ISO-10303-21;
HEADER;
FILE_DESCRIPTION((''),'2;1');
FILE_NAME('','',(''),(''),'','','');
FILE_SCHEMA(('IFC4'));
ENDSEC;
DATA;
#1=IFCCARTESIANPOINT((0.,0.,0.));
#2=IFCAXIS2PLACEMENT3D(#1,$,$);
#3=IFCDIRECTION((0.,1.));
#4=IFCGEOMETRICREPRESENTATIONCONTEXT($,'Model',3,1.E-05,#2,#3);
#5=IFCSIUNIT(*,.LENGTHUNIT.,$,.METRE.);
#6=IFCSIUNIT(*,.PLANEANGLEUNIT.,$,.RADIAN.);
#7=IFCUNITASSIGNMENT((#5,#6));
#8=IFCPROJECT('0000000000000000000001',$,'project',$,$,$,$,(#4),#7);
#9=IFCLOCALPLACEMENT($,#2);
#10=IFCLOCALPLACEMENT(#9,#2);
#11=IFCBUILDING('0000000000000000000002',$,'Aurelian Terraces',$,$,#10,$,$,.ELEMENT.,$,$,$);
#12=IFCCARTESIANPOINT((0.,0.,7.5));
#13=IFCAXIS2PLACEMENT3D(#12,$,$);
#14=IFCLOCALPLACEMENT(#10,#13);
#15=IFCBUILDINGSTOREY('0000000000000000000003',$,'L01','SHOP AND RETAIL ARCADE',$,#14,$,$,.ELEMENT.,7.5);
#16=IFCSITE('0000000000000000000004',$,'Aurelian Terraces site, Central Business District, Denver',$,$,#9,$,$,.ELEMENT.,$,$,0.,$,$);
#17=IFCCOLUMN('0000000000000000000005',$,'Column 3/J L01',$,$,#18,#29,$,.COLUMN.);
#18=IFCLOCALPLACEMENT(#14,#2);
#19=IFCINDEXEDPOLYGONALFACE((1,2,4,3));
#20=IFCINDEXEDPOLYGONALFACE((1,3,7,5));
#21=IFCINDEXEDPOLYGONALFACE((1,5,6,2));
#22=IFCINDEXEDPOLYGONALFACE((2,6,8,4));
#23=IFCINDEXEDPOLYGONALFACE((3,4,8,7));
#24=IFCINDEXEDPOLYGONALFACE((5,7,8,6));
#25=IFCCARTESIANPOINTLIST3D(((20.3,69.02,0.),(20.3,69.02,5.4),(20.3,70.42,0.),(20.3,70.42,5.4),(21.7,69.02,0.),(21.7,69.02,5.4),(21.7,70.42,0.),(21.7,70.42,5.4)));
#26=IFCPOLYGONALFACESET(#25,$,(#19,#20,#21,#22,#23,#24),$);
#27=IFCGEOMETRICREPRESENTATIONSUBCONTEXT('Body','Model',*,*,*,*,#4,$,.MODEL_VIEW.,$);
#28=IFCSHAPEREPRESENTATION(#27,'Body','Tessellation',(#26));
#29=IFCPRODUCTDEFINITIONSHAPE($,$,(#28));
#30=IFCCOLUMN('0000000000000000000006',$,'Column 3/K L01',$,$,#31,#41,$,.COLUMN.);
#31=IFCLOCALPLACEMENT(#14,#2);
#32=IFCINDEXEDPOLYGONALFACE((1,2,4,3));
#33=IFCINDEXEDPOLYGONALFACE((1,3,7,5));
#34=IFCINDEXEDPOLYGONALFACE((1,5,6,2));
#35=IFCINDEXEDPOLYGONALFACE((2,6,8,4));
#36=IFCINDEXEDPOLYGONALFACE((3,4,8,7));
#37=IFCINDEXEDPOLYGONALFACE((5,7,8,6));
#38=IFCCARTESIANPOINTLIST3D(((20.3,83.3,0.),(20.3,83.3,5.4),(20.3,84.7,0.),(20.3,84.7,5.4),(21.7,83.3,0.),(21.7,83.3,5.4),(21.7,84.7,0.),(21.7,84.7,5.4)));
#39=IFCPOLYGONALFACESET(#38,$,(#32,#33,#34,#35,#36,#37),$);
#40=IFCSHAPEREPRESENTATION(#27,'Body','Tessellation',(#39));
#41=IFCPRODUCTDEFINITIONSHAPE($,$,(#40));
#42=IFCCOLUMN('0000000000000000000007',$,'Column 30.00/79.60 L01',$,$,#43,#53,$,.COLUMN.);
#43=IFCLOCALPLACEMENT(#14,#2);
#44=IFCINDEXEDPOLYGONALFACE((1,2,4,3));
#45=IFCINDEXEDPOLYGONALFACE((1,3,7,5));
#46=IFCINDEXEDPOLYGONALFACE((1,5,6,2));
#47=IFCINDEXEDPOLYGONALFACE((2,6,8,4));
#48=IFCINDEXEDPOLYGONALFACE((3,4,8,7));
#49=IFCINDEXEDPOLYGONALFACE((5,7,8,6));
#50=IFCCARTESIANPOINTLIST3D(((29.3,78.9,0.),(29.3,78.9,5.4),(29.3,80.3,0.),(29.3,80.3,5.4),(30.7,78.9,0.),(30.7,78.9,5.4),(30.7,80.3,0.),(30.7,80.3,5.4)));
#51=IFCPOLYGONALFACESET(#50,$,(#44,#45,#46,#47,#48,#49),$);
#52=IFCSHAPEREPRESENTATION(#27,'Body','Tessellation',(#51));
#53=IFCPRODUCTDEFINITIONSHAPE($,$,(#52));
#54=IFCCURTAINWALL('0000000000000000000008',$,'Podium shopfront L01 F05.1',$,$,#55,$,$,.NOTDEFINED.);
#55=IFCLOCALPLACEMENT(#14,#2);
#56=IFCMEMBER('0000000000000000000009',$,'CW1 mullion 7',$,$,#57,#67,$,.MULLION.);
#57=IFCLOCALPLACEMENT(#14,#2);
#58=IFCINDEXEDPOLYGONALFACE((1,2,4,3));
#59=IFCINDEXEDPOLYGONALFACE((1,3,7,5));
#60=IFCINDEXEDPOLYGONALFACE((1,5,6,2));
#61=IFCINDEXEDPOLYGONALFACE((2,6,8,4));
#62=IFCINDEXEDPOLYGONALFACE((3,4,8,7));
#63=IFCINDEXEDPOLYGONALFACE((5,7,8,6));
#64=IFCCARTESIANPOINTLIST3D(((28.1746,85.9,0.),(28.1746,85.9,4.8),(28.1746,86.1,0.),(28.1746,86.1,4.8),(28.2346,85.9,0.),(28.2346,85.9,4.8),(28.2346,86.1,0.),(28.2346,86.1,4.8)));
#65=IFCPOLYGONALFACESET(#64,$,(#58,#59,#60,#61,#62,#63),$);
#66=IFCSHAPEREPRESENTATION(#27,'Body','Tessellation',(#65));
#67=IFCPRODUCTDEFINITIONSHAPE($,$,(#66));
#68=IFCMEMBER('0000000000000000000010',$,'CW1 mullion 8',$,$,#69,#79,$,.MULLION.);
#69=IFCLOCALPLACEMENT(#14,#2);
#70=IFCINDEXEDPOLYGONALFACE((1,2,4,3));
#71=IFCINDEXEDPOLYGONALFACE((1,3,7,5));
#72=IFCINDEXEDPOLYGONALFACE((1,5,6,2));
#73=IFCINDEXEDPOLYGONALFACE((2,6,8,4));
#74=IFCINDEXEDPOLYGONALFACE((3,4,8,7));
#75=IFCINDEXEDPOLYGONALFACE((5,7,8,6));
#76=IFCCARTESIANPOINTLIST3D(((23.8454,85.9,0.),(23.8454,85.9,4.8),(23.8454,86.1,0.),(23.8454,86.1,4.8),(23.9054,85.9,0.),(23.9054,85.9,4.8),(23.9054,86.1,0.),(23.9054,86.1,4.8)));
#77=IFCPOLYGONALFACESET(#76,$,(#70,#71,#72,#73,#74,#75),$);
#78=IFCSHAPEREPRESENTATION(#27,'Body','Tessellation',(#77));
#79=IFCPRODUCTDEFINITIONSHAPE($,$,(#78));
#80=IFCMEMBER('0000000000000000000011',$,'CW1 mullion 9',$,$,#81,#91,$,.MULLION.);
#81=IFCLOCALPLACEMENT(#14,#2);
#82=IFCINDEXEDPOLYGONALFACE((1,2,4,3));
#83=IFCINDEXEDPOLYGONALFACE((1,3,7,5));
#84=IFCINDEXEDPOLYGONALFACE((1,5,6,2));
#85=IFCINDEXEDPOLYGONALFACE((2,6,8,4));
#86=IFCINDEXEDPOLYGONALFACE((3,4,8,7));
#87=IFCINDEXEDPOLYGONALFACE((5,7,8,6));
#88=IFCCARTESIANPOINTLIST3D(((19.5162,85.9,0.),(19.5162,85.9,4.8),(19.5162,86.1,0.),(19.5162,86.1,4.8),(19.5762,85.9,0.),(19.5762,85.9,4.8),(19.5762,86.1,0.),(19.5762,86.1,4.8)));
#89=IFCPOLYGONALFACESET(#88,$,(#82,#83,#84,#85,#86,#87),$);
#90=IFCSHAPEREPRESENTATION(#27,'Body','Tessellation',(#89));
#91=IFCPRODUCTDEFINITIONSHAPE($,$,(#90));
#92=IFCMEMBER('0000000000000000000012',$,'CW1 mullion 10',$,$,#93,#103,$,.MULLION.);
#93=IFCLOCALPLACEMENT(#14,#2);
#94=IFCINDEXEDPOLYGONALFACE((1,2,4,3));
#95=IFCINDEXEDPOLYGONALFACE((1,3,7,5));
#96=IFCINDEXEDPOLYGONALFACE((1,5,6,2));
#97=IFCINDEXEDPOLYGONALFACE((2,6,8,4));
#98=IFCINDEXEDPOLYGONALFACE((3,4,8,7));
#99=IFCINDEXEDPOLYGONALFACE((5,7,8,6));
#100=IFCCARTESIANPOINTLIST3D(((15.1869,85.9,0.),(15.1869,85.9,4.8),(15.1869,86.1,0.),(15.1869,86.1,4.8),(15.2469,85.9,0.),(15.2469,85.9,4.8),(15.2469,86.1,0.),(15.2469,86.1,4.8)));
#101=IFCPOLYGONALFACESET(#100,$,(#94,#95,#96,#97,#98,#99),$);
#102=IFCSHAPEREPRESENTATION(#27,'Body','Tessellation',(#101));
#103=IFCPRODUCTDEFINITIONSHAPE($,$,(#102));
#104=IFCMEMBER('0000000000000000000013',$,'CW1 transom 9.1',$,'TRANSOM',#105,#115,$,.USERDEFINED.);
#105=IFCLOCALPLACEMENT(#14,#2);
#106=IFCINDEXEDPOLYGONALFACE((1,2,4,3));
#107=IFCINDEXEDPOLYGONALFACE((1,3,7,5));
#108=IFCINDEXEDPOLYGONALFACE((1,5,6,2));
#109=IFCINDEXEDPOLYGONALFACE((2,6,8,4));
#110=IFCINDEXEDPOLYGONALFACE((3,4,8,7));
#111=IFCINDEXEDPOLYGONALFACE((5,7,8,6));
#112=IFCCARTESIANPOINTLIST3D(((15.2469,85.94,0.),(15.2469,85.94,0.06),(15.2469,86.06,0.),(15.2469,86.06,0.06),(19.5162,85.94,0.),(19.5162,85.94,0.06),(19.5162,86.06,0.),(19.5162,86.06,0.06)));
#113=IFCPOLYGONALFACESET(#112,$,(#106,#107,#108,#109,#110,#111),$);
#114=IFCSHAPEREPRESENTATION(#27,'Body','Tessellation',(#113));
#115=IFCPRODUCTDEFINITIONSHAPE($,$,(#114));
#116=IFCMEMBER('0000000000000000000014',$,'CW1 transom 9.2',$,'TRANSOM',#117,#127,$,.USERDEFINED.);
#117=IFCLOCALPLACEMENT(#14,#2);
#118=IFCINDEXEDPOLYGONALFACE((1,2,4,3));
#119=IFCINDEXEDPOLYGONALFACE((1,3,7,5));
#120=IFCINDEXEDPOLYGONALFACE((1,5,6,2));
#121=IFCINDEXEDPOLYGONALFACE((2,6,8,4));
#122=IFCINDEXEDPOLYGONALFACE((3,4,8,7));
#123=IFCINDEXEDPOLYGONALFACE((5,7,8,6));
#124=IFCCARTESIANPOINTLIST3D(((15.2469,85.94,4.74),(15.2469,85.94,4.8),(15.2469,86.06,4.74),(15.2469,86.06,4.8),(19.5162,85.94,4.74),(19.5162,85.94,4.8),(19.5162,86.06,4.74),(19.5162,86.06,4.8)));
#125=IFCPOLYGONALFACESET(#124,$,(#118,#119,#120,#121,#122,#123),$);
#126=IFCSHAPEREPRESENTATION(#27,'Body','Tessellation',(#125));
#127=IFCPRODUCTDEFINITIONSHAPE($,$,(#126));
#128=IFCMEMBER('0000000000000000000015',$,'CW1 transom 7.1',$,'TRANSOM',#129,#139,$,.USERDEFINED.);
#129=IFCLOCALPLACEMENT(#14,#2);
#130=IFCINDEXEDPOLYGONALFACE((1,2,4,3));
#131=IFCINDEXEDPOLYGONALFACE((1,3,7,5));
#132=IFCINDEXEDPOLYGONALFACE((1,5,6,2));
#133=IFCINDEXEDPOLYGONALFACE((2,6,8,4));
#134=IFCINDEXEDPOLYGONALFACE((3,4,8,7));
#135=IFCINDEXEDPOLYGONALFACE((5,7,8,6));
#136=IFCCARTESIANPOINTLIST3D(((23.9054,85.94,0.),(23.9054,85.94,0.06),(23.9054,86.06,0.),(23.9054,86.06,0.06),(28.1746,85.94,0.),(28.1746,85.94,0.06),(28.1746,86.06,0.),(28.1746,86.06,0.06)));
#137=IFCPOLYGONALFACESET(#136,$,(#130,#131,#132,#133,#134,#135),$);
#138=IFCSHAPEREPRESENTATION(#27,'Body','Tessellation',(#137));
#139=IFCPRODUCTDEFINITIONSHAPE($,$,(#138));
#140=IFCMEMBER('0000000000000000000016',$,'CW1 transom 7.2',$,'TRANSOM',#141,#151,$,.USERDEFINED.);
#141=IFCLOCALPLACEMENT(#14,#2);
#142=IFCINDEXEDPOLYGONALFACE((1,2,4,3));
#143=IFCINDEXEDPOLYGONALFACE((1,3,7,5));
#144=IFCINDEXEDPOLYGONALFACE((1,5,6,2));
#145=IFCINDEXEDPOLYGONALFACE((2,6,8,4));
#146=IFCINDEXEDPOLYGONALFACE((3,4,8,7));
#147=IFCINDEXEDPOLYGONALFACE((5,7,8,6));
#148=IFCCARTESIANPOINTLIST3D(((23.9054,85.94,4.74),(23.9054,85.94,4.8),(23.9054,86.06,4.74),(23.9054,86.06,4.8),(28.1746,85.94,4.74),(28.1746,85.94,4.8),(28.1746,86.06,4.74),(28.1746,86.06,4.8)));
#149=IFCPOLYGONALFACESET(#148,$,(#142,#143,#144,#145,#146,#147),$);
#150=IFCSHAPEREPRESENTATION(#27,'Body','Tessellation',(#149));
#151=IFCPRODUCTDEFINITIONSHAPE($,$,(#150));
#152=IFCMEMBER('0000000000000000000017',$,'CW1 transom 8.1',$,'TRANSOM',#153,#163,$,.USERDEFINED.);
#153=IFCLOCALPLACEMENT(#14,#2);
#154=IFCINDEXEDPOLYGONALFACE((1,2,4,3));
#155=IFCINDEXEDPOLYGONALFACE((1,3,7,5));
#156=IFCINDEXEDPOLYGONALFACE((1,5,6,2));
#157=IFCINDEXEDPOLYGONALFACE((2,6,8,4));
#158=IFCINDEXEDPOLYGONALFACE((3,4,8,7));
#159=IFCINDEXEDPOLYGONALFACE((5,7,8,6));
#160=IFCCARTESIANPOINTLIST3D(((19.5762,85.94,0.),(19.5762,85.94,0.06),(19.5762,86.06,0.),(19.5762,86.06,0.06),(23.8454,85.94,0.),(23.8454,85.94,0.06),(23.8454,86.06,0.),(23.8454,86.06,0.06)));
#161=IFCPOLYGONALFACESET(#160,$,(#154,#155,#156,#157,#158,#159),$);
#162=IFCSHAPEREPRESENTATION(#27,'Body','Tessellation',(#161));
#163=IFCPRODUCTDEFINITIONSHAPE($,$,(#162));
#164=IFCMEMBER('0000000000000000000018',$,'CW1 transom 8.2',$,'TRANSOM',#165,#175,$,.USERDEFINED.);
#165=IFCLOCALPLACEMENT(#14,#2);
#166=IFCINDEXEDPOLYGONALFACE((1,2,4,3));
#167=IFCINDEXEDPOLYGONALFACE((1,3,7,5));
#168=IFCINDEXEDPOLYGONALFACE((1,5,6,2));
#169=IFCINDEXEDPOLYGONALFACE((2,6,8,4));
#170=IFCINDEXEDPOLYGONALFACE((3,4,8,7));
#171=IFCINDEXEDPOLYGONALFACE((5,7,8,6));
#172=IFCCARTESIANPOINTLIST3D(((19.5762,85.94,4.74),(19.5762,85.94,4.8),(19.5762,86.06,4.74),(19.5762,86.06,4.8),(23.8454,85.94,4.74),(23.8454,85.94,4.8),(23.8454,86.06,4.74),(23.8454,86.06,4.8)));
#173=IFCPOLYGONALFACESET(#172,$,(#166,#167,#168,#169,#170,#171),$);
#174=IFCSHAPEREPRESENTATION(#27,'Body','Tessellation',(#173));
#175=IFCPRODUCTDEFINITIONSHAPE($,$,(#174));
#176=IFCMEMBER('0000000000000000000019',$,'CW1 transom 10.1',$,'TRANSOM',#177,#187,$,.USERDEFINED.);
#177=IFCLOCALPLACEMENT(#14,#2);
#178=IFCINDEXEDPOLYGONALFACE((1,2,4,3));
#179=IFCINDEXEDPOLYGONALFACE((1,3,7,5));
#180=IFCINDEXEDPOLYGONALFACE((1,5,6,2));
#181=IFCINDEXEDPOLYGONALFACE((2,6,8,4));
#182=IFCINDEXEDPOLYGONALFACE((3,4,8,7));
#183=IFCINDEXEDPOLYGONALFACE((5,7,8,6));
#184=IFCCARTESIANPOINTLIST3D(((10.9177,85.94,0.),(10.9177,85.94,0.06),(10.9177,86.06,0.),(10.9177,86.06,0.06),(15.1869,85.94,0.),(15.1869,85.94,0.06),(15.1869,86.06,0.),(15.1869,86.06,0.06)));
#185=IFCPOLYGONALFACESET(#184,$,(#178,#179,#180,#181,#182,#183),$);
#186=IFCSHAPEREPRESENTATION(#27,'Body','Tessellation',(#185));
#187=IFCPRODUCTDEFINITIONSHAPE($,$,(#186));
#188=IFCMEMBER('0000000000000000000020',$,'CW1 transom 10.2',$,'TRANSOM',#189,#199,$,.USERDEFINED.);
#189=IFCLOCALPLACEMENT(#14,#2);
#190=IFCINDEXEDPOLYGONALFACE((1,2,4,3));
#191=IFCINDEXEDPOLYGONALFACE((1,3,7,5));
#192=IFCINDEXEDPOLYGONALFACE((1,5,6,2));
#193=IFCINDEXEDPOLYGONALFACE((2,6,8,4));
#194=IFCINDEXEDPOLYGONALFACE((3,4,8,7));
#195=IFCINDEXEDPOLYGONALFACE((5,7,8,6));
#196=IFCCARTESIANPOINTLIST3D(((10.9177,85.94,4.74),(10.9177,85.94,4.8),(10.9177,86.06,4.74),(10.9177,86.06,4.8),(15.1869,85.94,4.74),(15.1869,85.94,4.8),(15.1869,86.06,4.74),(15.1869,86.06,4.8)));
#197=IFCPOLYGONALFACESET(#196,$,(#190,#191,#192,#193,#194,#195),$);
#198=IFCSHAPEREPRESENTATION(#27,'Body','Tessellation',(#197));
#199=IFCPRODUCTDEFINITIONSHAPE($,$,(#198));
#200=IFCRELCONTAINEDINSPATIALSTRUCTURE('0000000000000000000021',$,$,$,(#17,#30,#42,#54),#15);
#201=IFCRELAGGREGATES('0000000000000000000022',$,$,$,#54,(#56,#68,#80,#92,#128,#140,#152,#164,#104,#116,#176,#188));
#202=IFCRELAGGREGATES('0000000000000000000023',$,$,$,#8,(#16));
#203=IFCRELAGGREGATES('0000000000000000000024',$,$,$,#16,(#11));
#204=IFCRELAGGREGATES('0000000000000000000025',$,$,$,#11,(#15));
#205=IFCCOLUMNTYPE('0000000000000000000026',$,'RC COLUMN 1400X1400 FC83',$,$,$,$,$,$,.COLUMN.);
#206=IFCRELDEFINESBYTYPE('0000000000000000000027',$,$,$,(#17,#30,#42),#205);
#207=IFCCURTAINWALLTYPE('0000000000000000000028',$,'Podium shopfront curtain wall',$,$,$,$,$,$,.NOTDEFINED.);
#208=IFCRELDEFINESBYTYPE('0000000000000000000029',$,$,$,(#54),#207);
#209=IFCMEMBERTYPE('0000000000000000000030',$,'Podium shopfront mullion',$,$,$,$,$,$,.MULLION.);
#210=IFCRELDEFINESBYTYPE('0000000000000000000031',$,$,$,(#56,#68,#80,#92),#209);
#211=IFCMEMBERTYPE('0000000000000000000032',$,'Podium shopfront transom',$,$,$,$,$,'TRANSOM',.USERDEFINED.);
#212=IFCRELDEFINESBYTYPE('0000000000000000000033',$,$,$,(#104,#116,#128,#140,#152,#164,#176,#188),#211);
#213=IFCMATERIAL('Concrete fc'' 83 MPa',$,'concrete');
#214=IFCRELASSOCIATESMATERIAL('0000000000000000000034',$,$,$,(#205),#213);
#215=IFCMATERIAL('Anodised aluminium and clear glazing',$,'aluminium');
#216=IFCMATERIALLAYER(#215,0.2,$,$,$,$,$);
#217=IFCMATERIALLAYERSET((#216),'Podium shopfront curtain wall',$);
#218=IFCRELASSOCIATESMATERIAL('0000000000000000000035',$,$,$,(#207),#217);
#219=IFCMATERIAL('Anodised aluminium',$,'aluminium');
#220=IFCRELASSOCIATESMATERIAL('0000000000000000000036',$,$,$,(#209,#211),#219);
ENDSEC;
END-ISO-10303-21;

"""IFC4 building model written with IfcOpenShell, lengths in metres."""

from ifc_helpers import new_model, si_unit, direction, frame, origin, origin_2d, place, context, subcontext, project, spatial, rectangle, extrude, source, transform, mapped, material, layer, layer_set, material_profile, profile_set, type_object, element, aggregate, save


model = new_model("IFC4")

# Units and contexts
model_context = context("Model", 3, precision=1e-05, world=origin(), true_north=direction((0.0, 1.0)))
body_context = subcontext(model_context, "Body", "Model", "MODEL_VIEW")
ifc_project = project(units=[si_unit("LENGTHUNIT", "METRE"), si_unit("PLANEANGLEUNIT", "RADIAN")], contexts=[model_context])

# Site, building, storey
site_placement = place(None, origin())
site = spatial("IfcSite", under=ifc_project, at=site_placement, Name="Aurelian Terraces site, Central Business District, Denver", CompositionType="ELEMENT", RefElevation=0.0)
building_placement = place(site_placement, origin())
building = spatial("IfcBuilding", under=site, at=building_placement, Name="Aurelian Terraces", CompositionType="ELEMENT")
storey_placement = place(building_placement, frame((0.0, 0.0, 7.5)))
storey = spatial("IfcBuildingStorey", under=building, at=storey_placement, Name="L01", Description="SHOP AND RETAIL ARCADE", CompositionType="ELEMENT", Elevation=7.5)

# Columns
ifc_material_1 = material(Name="Concrete fc' 83 MPa", Category="concrete")
ifc_material_profile_1 = material_profile(ifc_material_1, rectangle(XDim=1.4, YDim=1.4, at=origin_2d()))
ifc_profile_set_1 = profile_set([ifc_material_profile_1], Name="Concrete fc' 83 MPa")
column_type = type_object("IfcColumnType", Name="RC COLUMN 1400X1400 FC83", PredefinedType="COLUMN", material=ifc_profile_set_1)
shared_shape_1 = source(origin(), body_context, "Body", "SweptSolid", [
    extrude(rectangle(XDim=1.4, YDim=1.4, at=origin_2d()), origin(), (0.0, 0.0, 1.0), 5.4),
])
for number, where, z_axis, x_axis, name in (
    (1, (21.0, 69.72, 0.0), (0.0, 0.0, 1.0), (1.0, 0.0, 0.0), "Column 3/J L01"),
    (2, (21.0, 84.0, 0.0), (0.0, 0.0, 1.0), (1.0, 0.0, 0.0), "Column 3/K L01"),
    (3, (30.0, 79.6, 0.0), (0.0, 0.0, 1.0), (1.0, 0.0, 0.0), "Column 30.00/79.60 L01"),
):
    element("IfcColumn", number, at=place(storey_placement, frame(where, z_axis=z_axis, x_axis=x_axis)), inside=storey, type_object=column_type, Name=name, PredefinedType="COLUMN", context=body_context, shape_type="MappedRepresentation", body=[
        mapped(shared_shape_1, transform((0.0, 0.0, 0.0), scale=1.0)),
    ])

# Curtain wall, members
ifc_material_2 = material(Name="Anodised aluminium and clear glazing", Category="aluminium")
ifc_layer_1 = layer(ifc_material_2, 0.2)
ifc_layer_set_1 = layer_set([ifc_layer_1], Name="Podium shopfront curtain wall")
curtain_wall_type = type_object("IfcCurtainWallType", Name="Podium shopfront curtain wall", PredefinedType="NOTDEFINED", material=ifc_layer_set_1)
curtain_wall_placement = place(storey_placement, origin())
curtain_wall = element("IfcCurtainWall", 4, at=curtain_wall_placement, inside=storey, type_object=curtain_wall_type, Name="Podium shopfront L01 F05.1", PredefinedType="NOTDEFINED")
ifc_material_3 = material(Name="Anodised aluminium", Category="aluminium")
ifc_material_profile_2 = material_profile(ifc_material_3, rectangle(XDim=0.2, YDim=0.06, at=origin_2d()))
ifc_profile_set_2 = profile_set([ifc_material_profile_2], Name="Anodised aluminium")
member_type_1 = type_object("IfcMemberType", Name="Podium shopfront mullion", PredefinedType="MULLION", material=ifc_profile_set_2)
shared_shape_2 = source(origin(), body_context, "Body", "SweptSolid", [
    extrude(rectangle(XDim=0.2, YDim=0.06, at=origin_2d()), origin(), (0.0, 0.0, 1.0), 4.8),
])
member_1_placement = place(storey_placement, frame((28.2046, 86.0, 0.0), z_axis=(0.0, 0.0, 1.0), x_axis=(0.0, -1.0, 0.0)))
member_1 = element("IfcMember", 5, at=member_1_placement, type_object=member_type_1, Name="CW1 mullion 7", PredefinedType="MULLION", context=body_context, shape_type="MappedRepresentation", body=[
    mapped(shared_shape_2, transform((0.0, 0.0, 0.0), scale=1.0)),
])
member_2_placement = place(storey_placement, frame((23.8754, 86.0, 0.0), z_axis=(0.0, 0.0, 1.0), x_axis=(0.0, -1.0, 0.0)))
member_2 = element("IfcMember", 6, at=member_2_placement, type_object=member_type_1, Name="CW1 mullion 8", PredefinedType="MULLION", context=body_context, shape_type="MappedRepresentation", body=[
    mapped(shared_shape_2, transform((0.0, 0.0, 0.0), scale=1.0)),
])
member_3_placement = place(storey_placement, frame((19.5462, 86.0, 0.0), z_axis=(0.0, 0.0, 1.0), x_axis=(0.0, -1.0, 0.0)))
member_3 = element("IfcMember", 7, at=member_3_placement, type_object=member_type_1, Name="CW1 mullion 9", PredefinedType="MULLION", context=body_context, shape_type="MappedRepresentation", body=[
    mapped(shared_shape_2, transform((0.0, 0.0, 0.0), scale=1.0)),
])
member_4_placement = place(storey_placement, frame((15.2169, 86.0, 0.0), z_axis=(0.0, 0.0, 1.0), x_axis=(0.0, -1.0, 0.0)))
member_4 = element("IfcMember", 8, at=member_4_placement, type_object=member_type_1, Name="CW1 mullion 10", PredefinedType="MULLION", context=body_context, shape_type="MappedRepresentation", body=[
    mapped(shared_shape_2, transform((0.0, 0.0, 0.0), scale=1.0)),
])
ifc_material_profile_3 = material_profile(ifc_material_3, rectangle(XDim=0.12, YDim=0.06, at=origin_2d()))
ifc_profile_set_3 = profile_set([ifc_material_profile_3], Name="Anodised aluminium")
member_type_2 = type_object("IfcMemberType", Name="Podium shopfront transom", ElementType="TRANSOM", PredefinedType="USERDEFINED", material=ifc_profile_set_3)
shared_shape_3 = source(origin(), body_context, "Body", "SweptSolid", [
    extrude(rectangle(XDim=0.12, YDim=0.06, at=origin_2d()), origin(), (0.0, 0.0, 1.0), 4.2693),
])
member_5_placement = place(storey_placement, frame((19.5162, 86.0, 0.03), z_axis=(-1.0, 0.0, 0.0), x_axis=(0.0, -1.0, 0.0)))
member_5 = element("IfcMember", 9, at=member_5_placement, type_object=member_type_2, Name="CW1 transom 9.1", ObjectType="TRANSOM", PredefinedType="USERDEFINED", context=body_context, shape_type="MappedRepresentation", body=[
    mapped(shared_shape_3, transform((0.0, 0.0, 0.0), scale=1.0)),
])
member_6_placement = place(storey_placement, frame((19.5162, 86.0, 4.77), z_axis=(-1.0, 0.0, 0.0), x_axis=(0.0, -1.0, 0.0)))
member_6 = element("IfcMember", 10, at=member_6_placement, type_object=member_type_2, Name="CW1 transom 9.2", ObjectType="TRANSOM", PredefinedType="USERDEFINED", context=body_context, shape_type="MappedRepresentation", body=[
    mapped(shared_shape_3, transform((0.0, 0.0, 0.0), scale=1.0)),
])
shared_shape_4 = source(origin(), body_context, "Body", "SweptSolid", [
    extrude(rectangle(XDim=0.12, YDim=0.06, at=origin_2d()), origin(), (0.0, 0.0, 1.0), 4.2692),
])
member_7_placement = place(storey_placement, frame((28.1746, 86.0, 0.03), z_axis=(-1.0, 0.0, 0.0), x_axis=(0.0, -1.0, 0.0)))
member_7 = element("IfcMember", 11, at=member_7_placement, type_object=member_type_2, Name="CW1 transom 7.1", ObjectType="TRANSOM", PredefinedType="USERDEFINED", context=body_context, shape_type="MappedRepresentation", body=[
    mapped(shared_shape_4, transform((0.0, 0.0, 0.0), scale=1.0)),
])
member_8_placement = place(storey_placement, frame((28.1746, 86.0, 4.77), z_axis=(-1.0, 0.0, 0.0), x_axis=(0.0, -1.0, 0.0)))
member_8 = element("IfcMember", 12, at=member_8_placement, type_object=member_type_2, Name="CW1 transom 7.2", ObjectType="TRANSOM", PredefinedType="USERDEFINED", context=body_context, shape_type="MappedRepresentation", body=[
    mapped(shared_shape_4, transform((0.0, 0.0, 0.0), scale=1.0)),
])
member_9_placement = place(storey_placement, frame((23.8454, 86.0, 0.03), z_axis=(-1.0, 0.0, 0.0), x_axis=(0.0, -1.0, 0.0)))
member_9 = element("IfcMember", 13, at=member_9_placement, type_object=member_type_2, Name="CW1 transom 8.1", ObjectType="TRANSOM", PredefinedType="USERDEFINED", context=body_context, shape_type="MappedRepresentation", body=[
    mapped(shared_shape_4, transform((0.0, 0.0, 0.0), scale=1.0)),
])
member_10_placement = place(storey_placement, frame((23.8454, 86.0, 4.77), z_axis=(-1.0, 0.0, 0.0), x_axis=(0.0, -1.0, 0.0)))
member_10 = element("IfcMember", 14, at=member_10_placement, type_object=member_type_2, Name="CW1 transom 8.2", ObjectType="TRANSOM", PredefinedType="USERDEFINED", context=body_context, shape_type="MappedRepresentation", body=[
    mapped(shared_shape_4, transform((0.0, 0.0, 0.0), scale=1.0)),
])
member_11_placement = place(storey_placement, frame((15.1869, 86.0, 0.03), z_axis=(-1.0, 0.0, 0.0), x_axis=(0.0, -1.0, 0.0)))
member_11 = element("IfcMember", 15, at=member_11_placement, type_object=member_type_2, Name="CW1 transom 10.1", ObjectType="TRANSOM", PredefinedType="USERDEFINED", context=body_context, shape_type="MappedRepresentation", body=[
    mapped(shared_shape_4, transform((0.0, 0.0, 0.0), scale=1.0)),
])
member_12_placement = place(storey_placement, frame((15.1869, 86.0, 4.77), z_axis=(-1.0, 0.0, 0.0), x_axis=(0.0, -1.0, 0.0)))
member_12 = element("IfcMember", 16, at=member_12_placement, type_object=member_type_2, Name="CW1 transom 10.2", ObjectType="TRANSOM", PredefinedType="USERDEFINED", context=body_context, shape_type="MappedRepresentation", body=[
    mapped(shared_shape_4, transform((0.0, 0.0, 0.0), scale=1.0)),
])
aggregate(curtain_wall, [member_1, member_2, member_3, member_4, member_7, member_8, member_9, member_10, member_5, member_6, member_11, member_12])

save(model, "model.ifc")
